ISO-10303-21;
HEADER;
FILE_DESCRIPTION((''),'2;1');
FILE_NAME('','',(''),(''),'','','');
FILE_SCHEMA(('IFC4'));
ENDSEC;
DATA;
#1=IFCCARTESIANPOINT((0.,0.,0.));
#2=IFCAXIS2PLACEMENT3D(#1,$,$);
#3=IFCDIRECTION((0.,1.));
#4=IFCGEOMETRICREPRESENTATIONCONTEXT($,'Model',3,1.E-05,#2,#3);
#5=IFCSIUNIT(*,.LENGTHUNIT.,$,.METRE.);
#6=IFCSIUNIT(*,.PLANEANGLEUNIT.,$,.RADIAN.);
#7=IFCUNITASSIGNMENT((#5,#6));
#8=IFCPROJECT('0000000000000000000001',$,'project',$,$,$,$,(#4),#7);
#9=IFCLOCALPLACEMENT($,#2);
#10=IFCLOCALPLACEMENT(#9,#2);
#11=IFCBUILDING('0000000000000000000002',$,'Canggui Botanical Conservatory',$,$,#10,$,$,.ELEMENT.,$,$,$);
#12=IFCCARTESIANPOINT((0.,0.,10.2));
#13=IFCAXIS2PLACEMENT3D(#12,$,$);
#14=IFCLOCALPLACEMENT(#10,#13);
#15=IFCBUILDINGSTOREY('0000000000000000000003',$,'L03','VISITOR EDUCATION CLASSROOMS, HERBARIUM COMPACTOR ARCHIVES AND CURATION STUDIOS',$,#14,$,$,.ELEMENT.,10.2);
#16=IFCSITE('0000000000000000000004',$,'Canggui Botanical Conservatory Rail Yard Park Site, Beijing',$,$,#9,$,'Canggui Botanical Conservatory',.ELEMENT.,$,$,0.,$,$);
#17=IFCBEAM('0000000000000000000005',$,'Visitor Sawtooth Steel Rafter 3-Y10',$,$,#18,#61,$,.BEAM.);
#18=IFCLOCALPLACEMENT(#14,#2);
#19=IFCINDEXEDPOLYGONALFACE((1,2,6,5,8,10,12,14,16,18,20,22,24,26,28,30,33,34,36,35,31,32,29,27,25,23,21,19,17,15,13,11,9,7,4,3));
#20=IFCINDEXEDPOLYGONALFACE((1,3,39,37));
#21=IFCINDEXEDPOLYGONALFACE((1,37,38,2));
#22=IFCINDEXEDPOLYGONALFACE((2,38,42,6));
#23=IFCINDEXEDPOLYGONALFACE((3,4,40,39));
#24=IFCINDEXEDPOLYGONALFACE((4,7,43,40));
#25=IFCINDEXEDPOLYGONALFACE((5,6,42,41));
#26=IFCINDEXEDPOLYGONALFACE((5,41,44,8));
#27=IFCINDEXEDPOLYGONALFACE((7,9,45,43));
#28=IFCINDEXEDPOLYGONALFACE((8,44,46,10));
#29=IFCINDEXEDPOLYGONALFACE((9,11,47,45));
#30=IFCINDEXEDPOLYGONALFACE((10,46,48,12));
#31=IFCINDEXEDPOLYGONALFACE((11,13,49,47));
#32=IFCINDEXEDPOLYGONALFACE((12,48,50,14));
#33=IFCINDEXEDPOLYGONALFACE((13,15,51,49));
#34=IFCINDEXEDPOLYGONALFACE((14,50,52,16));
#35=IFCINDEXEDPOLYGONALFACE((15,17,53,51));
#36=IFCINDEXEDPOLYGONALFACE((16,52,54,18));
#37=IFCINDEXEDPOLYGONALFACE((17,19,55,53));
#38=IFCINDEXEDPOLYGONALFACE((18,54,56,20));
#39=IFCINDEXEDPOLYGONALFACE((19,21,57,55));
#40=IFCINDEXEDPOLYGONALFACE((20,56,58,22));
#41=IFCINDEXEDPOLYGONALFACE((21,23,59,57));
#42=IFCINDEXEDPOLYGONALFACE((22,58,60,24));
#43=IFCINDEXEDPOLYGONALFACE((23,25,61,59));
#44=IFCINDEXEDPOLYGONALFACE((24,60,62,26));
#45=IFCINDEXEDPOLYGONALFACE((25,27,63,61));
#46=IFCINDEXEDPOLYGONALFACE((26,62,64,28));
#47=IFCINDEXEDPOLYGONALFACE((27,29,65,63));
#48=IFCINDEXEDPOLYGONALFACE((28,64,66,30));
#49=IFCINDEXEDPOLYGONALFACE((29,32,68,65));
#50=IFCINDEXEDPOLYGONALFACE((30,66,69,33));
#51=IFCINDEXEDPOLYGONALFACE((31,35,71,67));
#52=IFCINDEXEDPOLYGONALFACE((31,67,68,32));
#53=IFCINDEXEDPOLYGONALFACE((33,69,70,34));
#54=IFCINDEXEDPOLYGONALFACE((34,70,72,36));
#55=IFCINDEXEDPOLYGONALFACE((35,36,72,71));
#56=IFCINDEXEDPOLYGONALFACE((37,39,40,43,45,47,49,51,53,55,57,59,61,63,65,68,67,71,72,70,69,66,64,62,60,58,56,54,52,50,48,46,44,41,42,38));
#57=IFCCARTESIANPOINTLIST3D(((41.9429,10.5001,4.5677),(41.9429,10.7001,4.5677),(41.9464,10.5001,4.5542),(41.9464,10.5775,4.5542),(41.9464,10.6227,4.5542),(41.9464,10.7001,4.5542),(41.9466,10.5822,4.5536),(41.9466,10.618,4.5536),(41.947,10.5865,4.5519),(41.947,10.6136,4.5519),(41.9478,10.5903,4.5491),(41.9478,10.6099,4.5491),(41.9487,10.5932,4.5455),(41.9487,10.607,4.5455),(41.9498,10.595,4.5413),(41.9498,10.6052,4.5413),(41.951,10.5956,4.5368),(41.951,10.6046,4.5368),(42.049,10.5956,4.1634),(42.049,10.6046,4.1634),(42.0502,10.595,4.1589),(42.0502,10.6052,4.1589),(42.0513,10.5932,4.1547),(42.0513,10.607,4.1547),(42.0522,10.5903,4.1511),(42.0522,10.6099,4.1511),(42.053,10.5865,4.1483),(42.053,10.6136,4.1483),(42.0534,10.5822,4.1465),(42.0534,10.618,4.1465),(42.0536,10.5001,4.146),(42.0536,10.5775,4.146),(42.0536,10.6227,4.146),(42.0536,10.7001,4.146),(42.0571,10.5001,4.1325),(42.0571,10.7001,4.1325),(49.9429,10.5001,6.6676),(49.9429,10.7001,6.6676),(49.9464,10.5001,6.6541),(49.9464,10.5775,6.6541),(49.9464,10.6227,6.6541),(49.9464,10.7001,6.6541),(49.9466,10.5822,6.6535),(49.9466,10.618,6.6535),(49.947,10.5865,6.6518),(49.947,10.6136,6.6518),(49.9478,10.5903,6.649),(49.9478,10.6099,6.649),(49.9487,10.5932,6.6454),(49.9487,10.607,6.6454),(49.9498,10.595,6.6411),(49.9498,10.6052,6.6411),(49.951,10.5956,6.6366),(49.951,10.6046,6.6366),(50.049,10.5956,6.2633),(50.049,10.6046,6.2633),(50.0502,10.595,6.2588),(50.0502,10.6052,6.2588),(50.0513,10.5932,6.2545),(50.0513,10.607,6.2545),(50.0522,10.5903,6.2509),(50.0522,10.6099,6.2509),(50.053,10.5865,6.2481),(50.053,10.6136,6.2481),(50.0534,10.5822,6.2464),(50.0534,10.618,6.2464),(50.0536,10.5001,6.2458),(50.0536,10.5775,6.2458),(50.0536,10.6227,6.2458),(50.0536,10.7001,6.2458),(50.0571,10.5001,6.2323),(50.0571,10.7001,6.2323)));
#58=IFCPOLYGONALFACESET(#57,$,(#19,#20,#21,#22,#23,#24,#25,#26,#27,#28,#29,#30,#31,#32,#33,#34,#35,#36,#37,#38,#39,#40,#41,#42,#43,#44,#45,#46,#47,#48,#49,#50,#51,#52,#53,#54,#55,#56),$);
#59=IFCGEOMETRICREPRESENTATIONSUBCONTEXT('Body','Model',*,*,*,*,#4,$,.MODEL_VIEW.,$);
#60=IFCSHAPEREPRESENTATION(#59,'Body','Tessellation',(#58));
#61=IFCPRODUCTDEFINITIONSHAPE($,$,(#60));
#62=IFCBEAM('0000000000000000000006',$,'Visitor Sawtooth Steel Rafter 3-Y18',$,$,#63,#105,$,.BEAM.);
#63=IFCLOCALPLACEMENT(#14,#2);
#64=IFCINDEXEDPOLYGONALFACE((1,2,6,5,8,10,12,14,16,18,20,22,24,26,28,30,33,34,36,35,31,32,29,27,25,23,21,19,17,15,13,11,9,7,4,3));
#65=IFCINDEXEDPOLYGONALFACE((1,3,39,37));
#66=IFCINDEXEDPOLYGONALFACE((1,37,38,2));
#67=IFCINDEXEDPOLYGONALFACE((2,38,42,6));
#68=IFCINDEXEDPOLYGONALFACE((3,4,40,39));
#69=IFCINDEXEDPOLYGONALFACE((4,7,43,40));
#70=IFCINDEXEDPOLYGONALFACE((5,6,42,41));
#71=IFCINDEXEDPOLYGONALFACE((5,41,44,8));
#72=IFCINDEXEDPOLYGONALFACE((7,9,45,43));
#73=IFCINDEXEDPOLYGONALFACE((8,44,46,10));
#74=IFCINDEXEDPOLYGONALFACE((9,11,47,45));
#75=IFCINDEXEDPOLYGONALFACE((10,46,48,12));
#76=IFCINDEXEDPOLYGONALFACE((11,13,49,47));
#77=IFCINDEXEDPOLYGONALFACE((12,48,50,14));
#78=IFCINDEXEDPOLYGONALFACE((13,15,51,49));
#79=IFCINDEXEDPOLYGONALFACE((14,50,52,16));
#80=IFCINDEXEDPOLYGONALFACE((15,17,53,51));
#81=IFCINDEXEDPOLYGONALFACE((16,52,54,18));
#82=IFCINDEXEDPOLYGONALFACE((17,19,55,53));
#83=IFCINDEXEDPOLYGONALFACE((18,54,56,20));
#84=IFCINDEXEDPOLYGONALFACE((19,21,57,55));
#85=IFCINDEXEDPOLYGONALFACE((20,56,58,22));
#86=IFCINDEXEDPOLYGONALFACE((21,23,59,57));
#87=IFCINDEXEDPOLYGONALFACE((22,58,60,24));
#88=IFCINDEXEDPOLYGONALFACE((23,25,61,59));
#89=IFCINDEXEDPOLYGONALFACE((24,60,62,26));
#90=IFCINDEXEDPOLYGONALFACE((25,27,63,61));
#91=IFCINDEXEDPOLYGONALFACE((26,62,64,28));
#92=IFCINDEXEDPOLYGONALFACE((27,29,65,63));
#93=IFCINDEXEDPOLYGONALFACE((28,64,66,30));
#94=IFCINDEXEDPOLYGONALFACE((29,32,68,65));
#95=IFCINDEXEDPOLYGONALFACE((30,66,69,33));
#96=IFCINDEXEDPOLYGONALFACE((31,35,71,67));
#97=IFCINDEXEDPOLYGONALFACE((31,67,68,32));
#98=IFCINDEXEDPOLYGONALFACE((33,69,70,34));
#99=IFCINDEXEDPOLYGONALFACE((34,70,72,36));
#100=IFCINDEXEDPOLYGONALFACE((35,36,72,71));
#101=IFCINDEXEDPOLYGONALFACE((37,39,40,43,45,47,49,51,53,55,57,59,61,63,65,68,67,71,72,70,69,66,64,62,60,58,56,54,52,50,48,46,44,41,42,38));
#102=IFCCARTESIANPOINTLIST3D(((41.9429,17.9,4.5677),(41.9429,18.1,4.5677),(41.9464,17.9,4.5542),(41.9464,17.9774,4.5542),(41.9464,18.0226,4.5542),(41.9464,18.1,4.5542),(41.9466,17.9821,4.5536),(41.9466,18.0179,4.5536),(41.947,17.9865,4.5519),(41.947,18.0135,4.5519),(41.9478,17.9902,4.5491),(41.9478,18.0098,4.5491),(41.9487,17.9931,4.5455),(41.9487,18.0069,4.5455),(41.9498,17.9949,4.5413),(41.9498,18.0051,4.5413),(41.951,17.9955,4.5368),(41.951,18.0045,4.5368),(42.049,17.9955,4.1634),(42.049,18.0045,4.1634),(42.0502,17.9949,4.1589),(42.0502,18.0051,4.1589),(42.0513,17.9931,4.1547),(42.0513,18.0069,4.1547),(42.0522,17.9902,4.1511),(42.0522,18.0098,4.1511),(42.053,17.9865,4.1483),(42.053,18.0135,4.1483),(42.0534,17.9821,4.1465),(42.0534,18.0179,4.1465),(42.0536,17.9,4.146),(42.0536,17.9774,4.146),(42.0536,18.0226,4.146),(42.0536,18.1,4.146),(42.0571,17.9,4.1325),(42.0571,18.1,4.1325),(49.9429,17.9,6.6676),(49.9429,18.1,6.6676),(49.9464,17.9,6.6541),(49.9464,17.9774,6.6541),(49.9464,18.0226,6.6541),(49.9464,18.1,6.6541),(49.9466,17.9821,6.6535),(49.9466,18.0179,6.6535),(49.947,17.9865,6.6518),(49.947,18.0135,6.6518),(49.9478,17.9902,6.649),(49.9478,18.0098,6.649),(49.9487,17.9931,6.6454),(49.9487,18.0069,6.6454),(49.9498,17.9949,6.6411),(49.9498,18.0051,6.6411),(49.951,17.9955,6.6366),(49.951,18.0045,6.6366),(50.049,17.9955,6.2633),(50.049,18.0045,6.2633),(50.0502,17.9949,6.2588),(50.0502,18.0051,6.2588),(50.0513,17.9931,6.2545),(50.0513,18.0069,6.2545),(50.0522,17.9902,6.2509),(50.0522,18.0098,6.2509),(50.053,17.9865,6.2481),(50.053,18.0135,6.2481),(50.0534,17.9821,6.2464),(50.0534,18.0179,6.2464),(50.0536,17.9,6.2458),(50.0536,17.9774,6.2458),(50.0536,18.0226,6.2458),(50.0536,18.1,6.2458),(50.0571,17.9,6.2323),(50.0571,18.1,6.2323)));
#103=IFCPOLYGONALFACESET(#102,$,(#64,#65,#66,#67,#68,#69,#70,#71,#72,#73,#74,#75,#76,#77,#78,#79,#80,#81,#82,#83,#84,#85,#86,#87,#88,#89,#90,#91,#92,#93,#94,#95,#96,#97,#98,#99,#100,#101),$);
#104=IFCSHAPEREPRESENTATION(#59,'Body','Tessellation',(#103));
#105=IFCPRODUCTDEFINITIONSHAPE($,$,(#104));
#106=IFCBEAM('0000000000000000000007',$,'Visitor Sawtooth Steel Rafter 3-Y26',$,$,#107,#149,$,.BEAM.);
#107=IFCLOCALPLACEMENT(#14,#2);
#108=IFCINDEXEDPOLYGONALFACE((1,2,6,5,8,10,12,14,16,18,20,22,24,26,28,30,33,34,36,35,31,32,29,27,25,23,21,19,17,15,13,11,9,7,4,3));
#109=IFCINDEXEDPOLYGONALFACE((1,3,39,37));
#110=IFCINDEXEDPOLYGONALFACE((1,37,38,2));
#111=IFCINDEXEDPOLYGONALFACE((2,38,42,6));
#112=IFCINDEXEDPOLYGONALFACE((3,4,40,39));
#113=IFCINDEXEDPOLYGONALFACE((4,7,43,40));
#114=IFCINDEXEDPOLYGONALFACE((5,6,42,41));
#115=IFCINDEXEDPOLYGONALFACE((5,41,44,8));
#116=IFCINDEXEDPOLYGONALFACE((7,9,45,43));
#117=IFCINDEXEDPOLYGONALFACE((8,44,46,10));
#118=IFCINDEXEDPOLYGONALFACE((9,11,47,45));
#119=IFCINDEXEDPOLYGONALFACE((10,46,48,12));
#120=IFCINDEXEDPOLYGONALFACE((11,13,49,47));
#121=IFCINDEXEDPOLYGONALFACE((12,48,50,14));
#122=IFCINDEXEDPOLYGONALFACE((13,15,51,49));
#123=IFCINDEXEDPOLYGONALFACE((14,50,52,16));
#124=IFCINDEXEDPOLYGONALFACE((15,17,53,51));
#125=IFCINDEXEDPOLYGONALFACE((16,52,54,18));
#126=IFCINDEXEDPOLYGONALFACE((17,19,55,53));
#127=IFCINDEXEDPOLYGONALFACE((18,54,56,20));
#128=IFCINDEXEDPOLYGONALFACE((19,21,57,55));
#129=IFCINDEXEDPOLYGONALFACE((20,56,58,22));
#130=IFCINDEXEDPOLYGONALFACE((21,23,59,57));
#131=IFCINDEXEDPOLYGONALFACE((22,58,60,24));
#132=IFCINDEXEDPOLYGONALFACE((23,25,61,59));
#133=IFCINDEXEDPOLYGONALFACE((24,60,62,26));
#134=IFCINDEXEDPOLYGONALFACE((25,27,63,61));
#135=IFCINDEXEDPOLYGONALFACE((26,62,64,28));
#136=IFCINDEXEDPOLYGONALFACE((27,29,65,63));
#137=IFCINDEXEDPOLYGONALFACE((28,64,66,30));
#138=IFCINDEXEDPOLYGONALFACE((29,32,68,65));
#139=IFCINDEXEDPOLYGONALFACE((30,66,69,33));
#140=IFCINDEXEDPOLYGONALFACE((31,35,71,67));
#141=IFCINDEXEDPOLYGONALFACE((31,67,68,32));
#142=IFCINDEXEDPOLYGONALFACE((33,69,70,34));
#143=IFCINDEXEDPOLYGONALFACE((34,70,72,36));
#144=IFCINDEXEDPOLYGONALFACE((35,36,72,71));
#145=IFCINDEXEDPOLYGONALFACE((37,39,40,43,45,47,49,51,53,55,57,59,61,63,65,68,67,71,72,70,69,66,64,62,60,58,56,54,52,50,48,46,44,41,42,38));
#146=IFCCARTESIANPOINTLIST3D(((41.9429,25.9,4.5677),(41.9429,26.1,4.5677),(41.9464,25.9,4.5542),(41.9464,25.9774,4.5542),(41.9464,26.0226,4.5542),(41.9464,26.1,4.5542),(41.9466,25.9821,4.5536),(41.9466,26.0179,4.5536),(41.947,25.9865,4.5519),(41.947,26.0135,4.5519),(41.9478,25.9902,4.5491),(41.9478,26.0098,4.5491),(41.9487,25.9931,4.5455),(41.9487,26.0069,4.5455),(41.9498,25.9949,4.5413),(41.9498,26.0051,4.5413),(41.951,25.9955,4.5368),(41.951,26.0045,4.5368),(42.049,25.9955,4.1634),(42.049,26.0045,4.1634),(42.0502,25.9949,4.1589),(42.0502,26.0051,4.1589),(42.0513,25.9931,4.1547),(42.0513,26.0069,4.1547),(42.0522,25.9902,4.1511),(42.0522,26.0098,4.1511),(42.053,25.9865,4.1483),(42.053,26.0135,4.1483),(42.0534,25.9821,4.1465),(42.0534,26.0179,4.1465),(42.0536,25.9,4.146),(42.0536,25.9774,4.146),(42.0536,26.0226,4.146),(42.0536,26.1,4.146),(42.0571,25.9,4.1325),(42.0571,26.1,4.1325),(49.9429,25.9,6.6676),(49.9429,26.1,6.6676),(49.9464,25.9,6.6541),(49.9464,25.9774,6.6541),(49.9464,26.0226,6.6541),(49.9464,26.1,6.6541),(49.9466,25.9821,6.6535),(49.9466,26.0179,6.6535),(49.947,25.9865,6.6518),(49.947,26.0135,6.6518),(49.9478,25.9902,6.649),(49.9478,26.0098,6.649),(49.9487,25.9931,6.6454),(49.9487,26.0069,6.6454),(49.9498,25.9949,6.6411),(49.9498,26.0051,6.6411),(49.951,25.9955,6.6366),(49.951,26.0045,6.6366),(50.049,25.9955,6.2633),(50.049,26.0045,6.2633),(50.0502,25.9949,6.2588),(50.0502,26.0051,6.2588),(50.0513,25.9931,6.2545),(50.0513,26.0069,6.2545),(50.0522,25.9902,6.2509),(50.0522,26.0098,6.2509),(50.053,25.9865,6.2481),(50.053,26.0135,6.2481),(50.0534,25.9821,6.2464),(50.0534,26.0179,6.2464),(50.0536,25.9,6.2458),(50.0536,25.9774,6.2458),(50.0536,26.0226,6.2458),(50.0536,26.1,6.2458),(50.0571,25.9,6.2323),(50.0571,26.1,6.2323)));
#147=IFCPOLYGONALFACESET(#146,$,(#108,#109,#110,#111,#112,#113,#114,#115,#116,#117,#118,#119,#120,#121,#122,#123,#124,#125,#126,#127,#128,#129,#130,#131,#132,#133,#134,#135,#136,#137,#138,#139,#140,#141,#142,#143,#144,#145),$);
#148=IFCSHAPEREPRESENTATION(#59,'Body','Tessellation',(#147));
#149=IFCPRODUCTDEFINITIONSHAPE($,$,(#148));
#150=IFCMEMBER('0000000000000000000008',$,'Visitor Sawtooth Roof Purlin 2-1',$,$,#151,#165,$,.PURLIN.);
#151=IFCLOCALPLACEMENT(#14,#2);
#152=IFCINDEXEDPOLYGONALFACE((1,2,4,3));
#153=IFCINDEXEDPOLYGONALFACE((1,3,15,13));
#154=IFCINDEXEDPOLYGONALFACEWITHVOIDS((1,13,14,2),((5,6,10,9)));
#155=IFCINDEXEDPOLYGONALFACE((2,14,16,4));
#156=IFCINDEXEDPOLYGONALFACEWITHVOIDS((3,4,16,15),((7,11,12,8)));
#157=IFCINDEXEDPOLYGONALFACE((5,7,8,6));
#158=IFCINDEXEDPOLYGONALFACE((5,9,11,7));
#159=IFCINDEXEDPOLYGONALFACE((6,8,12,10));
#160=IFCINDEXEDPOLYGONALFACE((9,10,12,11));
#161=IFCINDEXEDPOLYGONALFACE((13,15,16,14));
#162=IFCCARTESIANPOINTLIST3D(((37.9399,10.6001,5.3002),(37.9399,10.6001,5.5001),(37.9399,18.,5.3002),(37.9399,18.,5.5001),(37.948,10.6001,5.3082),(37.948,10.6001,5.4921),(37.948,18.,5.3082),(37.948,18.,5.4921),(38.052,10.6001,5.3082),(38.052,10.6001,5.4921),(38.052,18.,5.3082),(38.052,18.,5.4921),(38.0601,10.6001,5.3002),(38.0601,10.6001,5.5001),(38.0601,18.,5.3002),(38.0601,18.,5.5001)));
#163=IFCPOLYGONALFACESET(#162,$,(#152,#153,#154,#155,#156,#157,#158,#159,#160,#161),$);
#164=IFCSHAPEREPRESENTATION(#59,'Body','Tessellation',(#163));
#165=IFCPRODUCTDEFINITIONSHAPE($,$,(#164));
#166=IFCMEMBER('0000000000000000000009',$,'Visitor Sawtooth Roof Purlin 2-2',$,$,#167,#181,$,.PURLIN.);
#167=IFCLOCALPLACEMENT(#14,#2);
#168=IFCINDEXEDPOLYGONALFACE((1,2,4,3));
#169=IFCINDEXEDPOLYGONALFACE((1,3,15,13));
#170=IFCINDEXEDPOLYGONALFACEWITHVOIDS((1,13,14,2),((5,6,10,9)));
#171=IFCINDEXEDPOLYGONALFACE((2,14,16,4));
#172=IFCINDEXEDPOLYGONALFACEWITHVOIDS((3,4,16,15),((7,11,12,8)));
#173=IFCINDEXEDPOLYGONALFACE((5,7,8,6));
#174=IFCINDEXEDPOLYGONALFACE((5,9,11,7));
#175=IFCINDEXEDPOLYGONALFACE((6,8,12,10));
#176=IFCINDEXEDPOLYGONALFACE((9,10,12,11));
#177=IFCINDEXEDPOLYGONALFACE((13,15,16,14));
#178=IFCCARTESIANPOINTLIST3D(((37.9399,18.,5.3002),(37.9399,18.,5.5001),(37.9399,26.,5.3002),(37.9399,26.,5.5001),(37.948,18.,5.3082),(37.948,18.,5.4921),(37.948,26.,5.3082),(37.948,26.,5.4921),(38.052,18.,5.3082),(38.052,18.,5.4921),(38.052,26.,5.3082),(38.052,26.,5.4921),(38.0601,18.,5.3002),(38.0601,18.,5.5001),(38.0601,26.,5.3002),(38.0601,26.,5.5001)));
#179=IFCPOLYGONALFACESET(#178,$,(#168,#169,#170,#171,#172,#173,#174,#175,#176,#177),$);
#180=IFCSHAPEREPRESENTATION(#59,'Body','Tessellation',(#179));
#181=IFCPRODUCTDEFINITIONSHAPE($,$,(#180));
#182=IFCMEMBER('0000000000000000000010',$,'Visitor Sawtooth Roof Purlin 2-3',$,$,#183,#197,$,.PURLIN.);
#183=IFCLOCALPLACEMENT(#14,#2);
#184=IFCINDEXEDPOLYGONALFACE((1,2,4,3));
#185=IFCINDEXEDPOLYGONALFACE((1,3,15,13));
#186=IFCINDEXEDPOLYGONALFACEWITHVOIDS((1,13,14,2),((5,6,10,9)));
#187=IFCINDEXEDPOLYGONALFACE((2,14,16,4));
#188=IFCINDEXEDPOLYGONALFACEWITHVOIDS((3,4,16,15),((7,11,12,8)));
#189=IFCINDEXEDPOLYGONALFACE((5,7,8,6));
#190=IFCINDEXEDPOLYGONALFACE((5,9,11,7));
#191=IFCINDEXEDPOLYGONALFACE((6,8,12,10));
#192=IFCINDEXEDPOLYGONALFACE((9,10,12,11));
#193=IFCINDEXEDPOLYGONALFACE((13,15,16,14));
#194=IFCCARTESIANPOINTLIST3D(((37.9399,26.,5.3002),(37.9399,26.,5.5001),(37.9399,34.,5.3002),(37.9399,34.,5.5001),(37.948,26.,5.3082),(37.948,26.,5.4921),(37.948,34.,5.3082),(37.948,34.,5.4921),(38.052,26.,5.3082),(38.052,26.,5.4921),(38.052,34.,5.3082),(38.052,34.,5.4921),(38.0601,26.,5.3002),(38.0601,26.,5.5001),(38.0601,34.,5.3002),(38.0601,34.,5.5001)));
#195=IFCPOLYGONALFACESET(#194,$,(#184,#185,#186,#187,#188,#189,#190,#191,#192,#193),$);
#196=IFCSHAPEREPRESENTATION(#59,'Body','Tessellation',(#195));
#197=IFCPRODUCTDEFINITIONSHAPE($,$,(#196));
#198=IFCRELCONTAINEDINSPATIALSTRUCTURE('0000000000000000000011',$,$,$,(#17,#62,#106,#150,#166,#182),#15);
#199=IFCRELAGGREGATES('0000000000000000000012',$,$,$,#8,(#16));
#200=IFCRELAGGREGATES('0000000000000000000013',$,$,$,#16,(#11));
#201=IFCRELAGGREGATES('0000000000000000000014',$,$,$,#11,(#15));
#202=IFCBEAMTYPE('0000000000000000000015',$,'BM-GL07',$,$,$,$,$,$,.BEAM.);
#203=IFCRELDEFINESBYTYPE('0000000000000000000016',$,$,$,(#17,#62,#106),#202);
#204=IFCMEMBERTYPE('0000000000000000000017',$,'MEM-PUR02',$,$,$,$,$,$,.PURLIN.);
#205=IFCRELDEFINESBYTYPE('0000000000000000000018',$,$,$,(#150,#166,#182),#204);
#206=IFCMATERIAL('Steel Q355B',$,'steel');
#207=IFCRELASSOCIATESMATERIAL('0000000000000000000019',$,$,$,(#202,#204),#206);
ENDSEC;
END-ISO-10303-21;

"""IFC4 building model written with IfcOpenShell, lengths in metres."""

from ifc_helpers import new_model, si_unit, direction, frame, origin, origin_2d, place, context, subcontext, project, spatial, hollow_rectangle, i_section, extrude, material, material_profile, profile_set, type_object, element, save


model = new_model("IFC4")

# Units and contexts
model_context = context("Model", 3, precision=1e-05, world=origin(), true_north=direction((0.0, 1.0)))
body_context = subcontext(model_context, "Body", "Model", "MODEL_VIEW")
ifc_project = project(units=[si_unit("LENGTHUNIT", "METRE"), si_unit("PLANEANGLEUNIT", "RADIAN")], contexts=[model_context])

# Site, building, storey
site_placement = place(None, origin())
site = spatial("IfcSite", under=ifc_project, at=site_placement, Name="Canggui Botanical Conservatory Rail Yard Park Site, Beijing", LongName="Canggui Botanical Conservatory", CompositionType="ELEMENT", RefElevation=0.0)
building_placement = place(site_placement, origin())
building = spatial("IfcBuilding", under=site, at=building_placement, Name="Canggui Botanical Conservatory", CompositionType="ELEMENT")
storey_placement = place(building_placement, frame((0.0, 0.0, 10.2)))
storey = spatial("IfcBuildingStorey", under=building, at=storey_placement, Name="L03", Description="VISITOR EDUCATION CLASSROOMS, HERBARIUM COMPACTOR ARCHIVES AND CURATION STUDIOS", CompositionType="ELEMENT", Elevation=10.2)

# Beams
ifc_material_1 = material(Name="Steel Q355B", Category="steel")
ifc_material_profile_1 = material_profile(ifc_material_1, i_section(OverallWidth=0.2, OverallDepth=0.45, WebThickness=0.009, FlangeThickness=0.0139, FilletRadius=0.0181, at=origin_2d()), Name="HN 450x200x9x14")
ifc_profile_set_1 = profile_set([ifc_material_profile_1], Name="Steel Q355B")
beam_type_1 = type_object("IfcBeamType", Name="BM-GL07", PredefinedType="BEAM", material=ifc_profile_set_1)
for number, where, z_axis, x_axis, name in (
    (1, (42.0, 10.6001, 4.3501), (0.967235, 0.0, 0.253882), (0.0, 1.0, 0.0), "Visitor Sawtooth Steel Rafter 3-Y10"),
    (2, (42.0, 18.0, 4.3501), (0.967235, 0.0, 0.253882), (0.0, 1.0, 0.0), "Visitor Sawtooth Steel Rafter 3-Y18"),
    (3, (42.0, 26.0, 4.3501), (0.967235, 0.0, 0.253882), (0.0, 1.0, 0.0), "Visitor Sawtooth Steel Rafter 3-Y26"),
):
    element("IfcBeam", number, at=place(storey_placement, frame(where, z_axis=z_axis, x_axis=x_axis)), inside=storey, type_object=beam_type_1, Name=name, PredefinedType="BEAM", context=body_context, shape_type="SweptSolid", body=[
        extrude(i_section(OverallWidth=0.2, OverallDepth=0.45, WebThickness=0.009, FlangeThickness=0.0139, FilletRadius=0.0181, at=origin_2d()), origin(), (0.0, 0.0, 1.0), 8.271),
    ])

# Members
ifc_material_profile_2 = material_profile(ifc_material_1, hollow_rectangle(XDim=0.1201, YDim=0.2, WallThickness=0.0081, at=origin_2d()), Name="RHS 120x200x8")
ifc_profile_set_2 = profile_set([ifc_material_profile_2], Name="Steel Q355B")
member_type_1 = type_object("IfcMemberType", Name="MEM-PUR02", PredefinedType="PURLIN", material=ifc_profile_set_2)
member_1_placement = place(storey_placement, frame((38.0, 10.6001, 5.4001), z_axis=(0.0, 1.0, 0.0), x_axis=(-1.0, 0.0, 0.0)))
element("IfcMember", 4, at=member_1_placement, inside=storey, type_object=member_type_1, Name="Visitor Sawtooth Roof Purlin 2-1", PredefinedType="PURLIN", context=body_context, shape_type="SweptSolid", body=[
    extrude(hollow_rectangle(XDim=0.1201, YDim=0.2, WallThickness=0.0081, at=origin_2d()), origin(), (0.0, 0.0, 1.0), 7.3999),
])
for number, where, z_axis, x_axis, name in (
    (5, (38.0, 18.0, 5.4001), (0.0, 1.0, 0.0), (-1.0, 0.0, 0.0), "Visitor Sawtooth Roof Purlin 2-2"),
    (6, (38.0, 26.0, 5.4001), (0.0, 1.0, 0.0), (-1.0, 0.0, 0.0), "Visitor Sawtooth Roof Purlin 2-3"),
):
    element("IfcMember", number, at=place(storey_placement, frame(where, z_axis=z_axis, x_axis=x_axis)), inside=storey, type_object=member_type_1, Name=name, PredefinedType="PURLIN", context=body_context, shape_type="SweptSolid", body=[
        extrude(hollow_rectangle(XDim=0.1201, YDim=0.2, WallThickness=0.0081, at=origin_2d()), origin(), (0.0, 0.0, 1.0), 8.0),
    ])

save(model, "model.ifc")
